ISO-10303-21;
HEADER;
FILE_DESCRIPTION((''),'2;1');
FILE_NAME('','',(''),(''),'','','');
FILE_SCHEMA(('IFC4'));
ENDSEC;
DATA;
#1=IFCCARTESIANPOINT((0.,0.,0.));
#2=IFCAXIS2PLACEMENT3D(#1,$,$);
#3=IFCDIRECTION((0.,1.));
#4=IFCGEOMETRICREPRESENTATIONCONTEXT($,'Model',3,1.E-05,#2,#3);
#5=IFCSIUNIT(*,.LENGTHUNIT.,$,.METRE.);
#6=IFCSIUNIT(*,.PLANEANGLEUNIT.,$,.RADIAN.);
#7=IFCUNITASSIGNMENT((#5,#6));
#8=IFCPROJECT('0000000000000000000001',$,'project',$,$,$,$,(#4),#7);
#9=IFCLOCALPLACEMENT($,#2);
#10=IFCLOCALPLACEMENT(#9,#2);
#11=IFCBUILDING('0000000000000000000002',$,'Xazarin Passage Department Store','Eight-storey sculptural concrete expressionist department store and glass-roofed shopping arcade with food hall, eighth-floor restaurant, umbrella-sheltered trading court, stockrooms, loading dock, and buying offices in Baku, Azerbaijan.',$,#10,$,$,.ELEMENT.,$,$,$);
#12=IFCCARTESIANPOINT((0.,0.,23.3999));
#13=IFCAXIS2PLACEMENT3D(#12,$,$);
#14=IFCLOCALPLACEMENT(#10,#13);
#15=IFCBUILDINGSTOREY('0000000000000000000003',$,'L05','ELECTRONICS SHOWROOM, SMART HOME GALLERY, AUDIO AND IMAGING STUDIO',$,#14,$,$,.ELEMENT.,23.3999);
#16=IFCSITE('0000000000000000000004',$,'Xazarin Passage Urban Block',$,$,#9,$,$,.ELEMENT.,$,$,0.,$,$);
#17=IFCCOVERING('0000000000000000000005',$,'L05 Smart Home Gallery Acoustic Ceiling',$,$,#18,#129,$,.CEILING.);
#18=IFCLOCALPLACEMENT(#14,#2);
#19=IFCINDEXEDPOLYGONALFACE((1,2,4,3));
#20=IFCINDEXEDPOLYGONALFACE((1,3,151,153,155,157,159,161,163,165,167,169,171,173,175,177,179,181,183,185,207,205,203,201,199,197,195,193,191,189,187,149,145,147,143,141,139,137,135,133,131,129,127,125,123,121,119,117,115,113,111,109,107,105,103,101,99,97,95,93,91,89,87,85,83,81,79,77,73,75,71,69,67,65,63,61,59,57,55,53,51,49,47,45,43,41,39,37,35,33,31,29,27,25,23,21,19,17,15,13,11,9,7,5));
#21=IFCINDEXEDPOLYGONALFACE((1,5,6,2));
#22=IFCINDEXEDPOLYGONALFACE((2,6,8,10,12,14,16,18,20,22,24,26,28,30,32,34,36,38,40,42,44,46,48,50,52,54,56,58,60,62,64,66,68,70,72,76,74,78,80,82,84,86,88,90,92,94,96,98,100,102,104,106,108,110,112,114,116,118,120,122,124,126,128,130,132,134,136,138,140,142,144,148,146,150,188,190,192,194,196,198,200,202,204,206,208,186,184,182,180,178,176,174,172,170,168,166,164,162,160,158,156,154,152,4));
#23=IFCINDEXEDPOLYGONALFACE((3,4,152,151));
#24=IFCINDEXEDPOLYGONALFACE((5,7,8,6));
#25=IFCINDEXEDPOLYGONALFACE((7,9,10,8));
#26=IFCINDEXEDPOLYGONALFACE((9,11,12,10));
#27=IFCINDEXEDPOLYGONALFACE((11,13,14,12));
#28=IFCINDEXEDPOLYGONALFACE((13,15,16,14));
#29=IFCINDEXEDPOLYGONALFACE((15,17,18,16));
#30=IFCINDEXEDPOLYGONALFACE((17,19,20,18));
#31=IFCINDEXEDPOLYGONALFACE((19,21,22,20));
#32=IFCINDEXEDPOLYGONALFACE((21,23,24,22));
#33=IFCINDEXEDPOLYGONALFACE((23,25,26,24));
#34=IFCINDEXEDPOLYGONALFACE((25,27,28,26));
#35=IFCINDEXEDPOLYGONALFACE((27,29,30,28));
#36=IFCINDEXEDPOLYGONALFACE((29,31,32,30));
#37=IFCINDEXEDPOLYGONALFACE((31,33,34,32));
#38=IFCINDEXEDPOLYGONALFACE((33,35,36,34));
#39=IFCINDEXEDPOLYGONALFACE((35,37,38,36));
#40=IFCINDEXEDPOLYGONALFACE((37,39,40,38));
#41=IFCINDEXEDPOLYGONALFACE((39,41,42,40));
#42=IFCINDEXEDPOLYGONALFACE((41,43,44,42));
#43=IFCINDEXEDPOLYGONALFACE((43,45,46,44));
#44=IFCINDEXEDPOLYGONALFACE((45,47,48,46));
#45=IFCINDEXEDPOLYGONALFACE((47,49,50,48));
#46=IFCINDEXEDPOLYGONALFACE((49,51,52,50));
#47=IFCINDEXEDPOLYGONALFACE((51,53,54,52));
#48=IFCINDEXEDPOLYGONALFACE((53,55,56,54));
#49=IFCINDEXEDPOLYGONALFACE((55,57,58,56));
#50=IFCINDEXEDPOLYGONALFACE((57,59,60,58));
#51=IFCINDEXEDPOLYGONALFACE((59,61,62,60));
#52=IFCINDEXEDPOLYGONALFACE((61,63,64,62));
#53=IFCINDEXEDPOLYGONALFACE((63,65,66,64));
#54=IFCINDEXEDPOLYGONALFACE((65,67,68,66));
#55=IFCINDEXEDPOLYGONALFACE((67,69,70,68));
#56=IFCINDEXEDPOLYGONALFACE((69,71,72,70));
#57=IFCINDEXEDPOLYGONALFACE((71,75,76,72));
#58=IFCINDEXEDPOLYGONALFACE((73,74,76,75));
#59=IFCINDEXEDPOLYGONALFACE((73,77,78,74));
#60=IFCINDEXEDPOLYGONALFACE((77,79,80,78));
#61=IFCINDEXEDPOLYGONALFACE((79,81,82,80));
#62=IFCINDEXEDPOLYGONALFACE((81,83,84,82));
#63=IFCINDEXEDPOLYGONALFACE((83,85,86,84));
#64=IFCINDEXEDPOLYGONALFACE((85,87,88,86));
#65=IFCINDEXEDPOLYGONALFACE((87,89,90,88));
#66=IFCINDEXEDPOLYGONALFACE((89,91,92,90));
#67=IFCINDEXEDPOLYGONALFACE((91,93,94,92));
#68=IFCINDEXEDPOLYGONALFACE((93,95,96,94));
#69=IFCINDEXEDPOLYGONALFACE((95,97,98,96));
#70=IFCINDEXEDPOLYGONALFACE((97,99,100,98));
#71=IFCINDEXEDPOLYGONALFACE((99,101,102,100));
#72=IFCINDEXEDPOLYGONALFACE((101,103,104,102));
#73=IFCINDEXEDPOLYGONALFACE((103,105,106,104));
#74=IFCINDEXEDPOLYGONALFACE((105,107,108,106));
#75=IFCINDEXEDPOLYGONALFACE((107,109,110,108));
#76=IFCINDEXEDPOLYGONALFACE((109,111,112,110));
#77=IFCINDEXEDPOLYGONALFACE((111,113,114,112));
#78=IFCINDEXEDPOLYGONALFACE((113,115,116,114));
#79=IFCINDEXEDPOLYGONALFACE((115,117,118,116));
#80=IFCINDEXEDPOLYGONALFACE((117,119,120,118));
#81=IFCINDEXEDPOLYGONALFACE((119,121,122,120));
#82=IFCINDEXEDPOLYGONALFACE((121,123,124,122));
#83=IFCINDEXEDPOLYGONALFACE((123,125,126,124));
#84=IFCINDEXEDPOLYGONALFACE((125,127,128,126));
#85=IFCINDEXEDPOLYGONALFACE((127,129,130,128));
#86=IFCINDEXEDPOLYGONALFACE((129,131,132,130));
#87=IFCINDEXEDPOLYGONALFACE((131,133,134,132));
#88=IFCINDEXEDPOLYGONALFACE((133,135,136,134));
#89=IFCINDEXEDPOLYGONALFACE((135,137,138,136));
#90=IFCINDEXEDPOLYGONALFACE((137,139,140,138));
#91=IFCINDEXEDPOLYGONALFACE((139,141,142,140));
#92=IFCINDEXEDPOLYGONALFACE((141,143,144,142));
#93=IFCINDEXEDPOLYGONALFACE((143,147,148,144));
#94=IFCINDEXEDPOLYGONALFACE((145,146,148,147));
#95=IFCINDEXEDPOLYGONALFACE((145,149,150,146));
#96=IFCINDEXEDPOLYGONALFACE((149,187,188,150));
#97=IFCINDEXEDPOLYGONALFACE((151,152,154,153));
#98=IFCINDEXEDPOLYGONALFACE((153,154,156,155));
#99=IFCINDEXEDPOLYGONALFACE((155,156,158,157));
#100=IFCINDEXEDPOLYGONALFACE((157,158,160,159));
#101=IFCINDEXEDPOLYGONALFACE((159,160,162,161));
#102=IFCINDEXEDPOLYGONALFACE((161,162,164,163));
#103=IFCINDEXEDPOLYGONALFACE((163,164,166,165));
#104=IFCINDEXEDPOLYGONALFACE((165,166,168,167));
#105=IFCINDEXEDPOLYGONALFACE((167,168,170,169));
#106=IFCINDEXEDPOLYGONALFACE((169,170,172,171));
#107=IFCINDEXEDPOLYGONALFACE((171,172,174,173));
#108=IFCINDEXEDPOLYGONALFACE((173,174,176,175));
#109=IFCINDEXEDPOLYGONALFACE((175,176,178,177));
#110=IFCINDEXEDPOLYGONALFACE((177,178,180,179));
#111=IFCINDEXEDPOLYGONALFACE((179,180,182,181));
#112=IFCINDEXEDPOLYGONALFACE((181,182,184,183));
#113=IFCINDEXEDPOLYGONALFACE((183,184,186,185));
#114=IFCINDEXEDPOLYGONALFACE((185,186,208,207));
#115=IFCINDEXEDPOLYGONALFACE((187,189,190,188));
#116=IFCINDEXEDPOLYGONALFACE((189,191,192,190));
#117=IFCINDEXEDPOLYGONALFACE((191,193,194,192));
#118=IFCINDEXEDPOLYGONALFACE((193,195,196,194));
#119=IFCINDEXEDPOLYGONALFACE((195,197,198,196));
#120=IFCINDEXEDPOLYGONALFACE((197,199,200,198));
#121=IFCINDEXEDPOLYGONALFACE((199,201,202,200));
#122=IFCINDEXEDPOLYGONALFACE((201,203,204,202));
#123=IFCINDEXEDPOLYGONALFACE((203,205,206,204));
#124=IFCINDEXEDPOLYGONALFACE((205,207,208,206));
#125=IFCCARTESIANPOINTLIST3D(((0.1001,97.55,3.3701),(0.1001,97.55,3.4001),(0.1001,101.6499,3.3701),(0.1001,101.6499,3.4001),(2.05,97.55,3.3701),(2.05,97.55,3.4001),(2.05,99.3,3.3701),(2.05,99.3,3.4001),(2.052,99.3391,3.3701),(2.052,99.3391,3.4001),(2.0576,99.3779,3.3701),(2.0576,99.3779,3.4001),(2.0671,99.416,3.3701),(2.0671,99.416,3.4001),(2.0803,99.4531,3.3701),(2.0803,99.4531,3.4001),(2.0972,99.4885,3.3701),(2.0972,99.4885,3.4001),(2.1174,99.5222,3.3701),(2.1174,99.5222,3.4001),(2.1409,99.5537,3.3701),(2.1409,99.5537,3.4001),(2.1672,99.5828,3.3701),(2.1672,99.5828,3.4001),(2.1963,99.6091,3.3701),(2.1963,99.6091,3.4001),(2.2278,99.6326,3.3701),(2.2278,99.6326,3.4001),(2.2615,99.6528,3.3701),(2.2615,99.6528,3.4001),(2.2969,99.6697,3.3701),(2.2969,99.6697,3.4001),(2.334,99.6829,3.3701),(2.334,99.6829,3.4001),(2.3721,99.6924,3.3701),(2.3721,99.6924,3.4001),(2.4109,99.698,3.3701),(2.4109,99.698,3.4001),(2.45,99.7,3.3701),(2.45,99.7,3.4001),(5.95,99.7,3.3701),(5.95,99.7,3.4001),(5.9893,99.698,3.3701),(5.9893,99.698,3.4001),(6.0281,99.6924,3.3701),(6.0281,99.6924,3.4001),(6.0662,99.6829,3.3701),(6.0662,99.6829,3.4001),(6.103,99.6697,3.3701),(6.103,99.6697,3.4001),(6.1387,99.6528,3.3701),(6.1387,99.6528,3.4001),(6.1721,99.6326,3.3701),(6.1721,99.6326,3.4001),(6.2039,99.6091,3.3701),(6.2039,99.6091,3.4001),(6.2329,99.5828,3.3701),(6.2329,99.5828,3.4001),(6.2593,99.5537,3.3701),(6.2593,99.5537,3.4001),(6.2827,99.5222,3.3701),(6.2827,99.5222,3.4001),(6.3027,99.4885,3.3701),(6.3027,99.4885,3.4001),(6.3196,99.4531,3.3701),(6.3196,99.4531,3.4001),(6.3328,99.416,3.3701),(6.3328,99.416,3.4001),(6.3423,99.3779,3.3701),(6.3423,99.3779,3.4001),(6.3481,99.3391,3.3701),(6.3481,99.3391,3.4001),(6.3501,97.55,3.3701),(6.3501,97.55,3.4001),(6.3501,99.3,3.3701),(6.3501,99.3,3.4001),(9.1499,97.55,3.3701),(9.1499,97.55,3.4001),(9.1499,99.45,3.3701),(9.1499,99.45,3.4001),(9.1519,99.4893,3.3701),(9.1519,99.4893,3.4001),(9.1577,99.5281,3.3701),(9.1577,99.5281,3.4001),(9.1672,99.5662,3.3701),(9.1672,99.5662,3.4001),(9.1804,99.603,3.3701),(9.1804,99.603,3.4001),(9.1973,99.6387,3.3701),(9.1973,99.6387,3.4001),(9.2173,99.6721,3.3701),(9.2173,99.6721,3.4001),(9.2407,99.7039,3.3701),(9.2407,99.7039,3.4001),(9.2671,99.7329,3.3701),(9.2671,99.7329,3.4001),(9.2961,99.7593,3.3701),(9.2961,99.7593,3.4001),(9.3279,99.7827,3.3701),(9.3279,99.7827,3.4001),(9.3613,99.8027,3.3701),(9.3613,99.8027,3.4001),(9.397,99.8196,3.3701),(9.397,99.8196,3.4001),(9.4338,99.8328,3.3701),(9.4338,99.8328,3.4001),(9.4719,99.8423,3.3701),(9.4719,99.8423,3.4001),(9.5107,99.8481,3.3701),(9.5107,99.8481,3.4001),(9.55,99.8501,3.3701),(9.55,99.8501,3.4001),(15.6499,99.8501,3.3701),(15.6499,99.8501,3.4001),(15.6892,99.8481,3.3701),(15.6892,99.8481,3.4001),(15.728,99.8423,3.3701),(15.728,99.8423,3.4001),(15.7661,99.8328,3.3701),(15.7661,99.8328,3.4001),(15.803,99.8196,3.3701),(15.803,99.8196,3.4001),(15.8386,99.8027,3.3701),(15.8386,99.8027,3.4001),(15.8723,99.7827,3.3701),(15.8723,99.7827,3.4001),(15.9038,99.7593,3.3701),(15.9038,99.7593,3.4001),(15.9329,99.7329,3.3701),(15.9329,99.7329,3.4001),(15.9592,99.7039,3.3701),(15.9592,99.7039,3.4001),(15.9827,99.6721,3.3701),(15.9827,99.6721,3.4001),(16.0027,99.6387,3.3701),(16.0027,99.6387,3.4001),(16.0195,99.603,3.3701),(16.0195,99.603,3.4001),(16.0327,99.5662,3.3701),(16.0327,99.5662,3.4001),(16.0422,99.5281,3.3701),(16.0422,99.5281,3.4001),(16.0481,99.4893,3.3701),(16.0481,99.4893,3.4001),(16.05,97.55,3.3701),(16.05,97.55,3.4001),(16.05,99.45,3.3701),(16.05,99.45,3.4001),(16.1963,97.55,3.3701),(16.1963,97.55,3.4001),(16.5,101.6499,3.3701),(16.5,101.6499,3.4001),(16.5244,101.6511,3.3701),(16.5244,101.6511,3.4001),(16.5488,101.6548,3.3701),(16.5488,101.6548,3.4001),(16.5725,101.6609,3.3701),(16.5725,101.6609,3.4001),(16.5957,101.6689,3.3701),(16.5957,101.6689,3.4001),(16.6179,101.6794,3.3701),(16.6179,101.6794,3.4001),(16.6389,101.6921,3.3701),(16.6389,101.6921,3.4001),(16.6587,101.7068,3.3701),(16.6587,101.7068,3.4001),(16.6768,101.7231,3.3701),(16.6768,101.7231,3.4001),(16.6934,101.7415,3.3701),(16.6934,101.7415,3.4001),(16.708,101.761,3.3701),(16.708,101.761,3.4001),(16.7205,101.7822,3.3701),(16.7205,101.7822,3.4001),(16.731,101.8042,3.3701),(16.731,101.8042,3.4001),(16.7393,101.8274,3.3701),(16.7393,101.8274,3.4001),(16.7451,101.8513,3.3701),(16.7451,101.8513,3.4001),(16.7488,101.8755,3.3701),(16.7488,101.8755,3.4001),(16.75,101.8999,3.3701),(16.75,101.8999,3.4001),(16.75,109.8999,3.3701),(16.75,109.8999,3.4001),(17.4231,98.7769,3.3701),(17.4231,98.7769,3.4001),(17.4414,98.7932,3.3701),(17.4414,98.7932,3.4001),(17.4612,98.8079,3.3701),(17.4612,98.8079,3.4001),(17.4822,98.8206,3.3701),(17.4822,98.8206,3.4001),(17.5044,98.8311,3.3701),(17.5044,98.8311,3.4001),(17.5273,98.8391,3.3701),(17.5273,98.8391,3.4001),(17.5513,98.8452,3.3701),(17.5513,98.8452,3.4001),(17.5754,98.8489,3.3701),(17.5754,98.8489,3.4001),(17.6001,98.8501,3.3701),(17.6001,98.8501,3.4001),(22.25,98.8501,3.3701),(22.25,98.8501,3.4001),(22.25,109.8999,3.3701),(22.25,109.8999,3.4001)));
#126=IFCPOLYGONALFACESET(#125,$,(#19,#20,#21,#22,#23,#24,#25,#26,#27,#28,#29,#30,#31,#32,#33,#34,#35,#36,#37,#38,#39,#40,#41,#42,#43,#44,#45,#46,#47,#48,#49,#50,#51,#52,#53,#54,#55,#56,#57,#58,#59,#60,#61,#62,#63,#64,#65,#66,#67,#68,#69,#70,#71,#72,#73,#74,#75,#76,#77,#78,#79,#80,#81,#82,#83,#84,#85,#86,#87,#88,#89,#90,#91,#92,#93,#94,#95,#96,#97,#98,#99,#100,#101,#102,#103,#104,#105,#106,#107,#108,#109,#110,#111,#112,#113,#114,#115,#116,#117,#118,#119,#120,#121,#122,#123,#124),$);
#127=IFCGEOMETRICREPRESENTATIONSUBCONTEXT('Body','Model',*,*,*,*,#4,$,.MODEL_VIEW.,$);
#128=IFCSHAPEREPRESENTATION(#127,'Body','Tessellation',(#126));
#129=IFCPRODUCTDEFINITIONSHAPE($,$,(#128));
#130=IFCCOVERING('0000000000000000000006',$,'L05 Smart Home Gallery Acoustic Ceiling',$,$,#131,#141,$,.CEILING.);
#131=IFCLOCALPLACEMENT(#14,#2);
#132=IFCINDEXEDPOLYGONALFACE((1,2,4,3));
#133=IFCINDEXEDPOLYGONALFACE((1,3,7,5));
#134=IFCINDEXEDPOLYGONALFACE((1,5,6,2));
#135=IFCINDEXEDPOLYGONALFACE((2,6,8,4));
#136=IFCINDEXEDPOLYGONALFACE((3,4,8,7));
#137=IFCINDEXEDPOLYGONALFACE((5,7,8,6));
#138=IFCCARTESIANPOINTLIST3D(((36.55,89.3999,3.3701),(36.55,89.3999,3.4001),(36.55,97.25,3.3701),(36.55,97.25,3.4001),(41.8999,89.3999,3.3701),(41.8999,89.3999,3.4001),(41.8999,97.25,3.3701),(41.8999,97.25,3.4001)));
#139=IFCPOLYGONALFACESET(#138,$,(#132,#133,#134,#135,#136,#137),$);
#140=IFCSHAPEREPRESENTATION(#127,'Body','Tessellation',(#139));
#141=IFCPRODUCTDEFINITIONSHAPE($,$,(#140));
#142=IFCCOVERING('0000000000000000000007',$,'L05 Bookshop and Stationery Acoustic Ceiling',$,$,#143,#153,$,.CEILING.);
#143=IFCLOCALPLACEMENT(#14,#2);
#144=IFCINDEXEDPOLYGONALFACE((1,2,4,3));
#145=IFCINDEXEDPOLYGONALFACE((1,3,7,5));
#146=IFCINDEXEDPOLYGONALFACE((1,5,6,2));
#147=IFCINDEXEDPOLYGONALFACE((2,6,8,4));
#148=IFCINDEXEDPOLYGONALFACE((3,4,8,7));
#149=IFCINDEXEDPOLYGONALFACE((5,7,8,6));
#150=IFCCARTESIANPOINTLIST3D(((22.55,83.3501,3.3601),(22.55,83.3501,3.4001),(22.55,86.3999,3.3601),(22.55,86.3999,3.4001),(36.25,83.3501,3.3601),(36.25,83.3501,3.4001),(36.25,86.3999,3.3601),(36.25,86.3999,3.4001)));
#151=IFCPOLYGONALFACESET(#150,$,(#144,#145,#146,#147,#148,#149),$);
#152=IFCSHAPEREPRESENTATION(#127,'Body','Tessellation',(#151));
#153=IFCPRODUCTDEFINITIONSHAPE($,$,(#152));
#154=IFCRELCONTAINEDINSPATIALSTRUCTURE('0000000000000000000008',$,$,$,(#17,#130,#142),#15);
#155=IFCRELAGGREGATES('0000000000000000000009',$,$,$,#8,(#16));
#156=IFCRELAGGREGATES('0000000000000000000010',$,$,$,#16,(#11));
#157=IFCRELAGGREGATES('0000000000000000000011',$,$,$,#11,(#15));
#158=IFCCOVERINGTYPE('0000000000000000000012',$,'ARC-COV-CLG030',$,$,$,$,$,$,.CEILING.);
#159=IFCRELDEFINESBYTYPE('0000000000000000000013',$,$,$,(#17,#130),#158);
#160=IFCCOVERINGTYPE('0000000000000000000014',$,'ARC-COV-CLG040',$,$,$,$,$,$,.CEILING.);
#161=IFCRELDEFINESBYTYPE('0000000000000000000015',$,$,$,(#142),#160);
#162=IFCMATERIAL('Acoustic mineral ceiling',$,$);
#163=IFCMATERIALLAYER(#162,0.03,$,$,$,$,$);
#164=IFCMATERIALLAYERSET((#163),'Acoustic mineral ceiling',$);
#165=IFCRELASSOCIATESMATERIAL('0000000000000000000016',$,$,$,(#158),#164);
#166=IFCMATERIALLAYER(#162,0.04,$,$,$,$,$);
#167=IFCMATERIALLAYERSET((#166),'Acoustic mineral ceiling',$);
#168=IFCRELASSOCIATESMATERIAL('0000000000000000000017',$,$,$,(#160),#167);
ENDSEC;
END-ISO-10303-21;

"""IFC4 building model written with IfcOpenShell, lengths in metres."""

from ifc_helpers import new_model, si_unit, direction, frame, origin, place, context, subcontext, project, spatial, polyline, outline, extrude, material, layer, layer_set, type_object, element, save


model = new_model("IFC4")

# Units and contexts
model_context = context("Model", 3, precision=1e-05, world=origin(), true_north=direction((0.0, 1.0)))
body_context = subcontext(model_context, "Body", "Model", "MODEL_VIEW")
ifc_project = project(units=[si_unit("LENGTHUNIT", "METRE"), si_unit("PLANEANGLEUNIT", "RADIAN")], contexts=[model_context])

# Site, building, storey
site_placement = place(None, origin())
site = spatial("IfcSite", under=ifc_project, at=site_placement, Name="Xazarin Passage Urban Block", CompositionType="ELEMENT", RefElevation=0.0)
building_placement = place(site_placement, origin())
building = spatial("IfcBuilding", under=site, at=building_placement, Name="Xazarin Passage Department Store", Description="Eight-storey sculptural concrete expressionist department store and glass-roofed shopping arcade with food hall, eighth-floor restaurant, umbrella-sheltered trading court, stockrooms, loading dock, and buying offices in Baku, Azerbaijan.", CompositionType="ELEMENT")
storey_placement = place(building_placement, frame((0.0, 0.0, 23.3999)))
storey = spatial("IfcBuildingStorey", under=building, at=storey_placement, Name="L05", Description="ELECTRONICS SHOWROOM, SMART HOME GALLERY, AUDIO AND IMAGING STUDIO", CompositionType="ELEMENT", Elevation=23.3999)

# Coverings
ifc_material_1 = material(Name="Acoustic mineral ceiling")
ifc_layer_1 = layer(ifc_material_1, 0.03)
ifc_layer_set_1 = layer_set([ifc_layer_1], Name="Acoustic mineral ceiling")
covering_type_1 = type_object("IfcCoveringType", Name="ARC-COV-CLG030", PredefinedType="CEILING", material=ifc_layer_set_1)
covering_1_placement = place(storey_placement, frame((0.0, 0.0, 3.3701)))
element("IfcCovering", 1, at=covering_1_placement, inside=storey, type_object=covering_type_1, Name="L05 Smart Home Gallery Acoustic Ceiling", PredefinedType="CEILING", context=body_context, shape_type="SweptSolid", body=[
    extrude(outline(polyline([(2.05, 97.55), (2.05, 99.3), (2.052, 99.3391), (2.0576, 99.3779), (2.0671, 99.416), (2.0803, 99.4531), (2.0972, 99.4885), (2.1174, 99.5222), (2.1409, 99.5537), (2.1672, 99.5828), (2.1963, 99.6091), (2.2278, 99.6326), (2.2615, 99.6528), (2.2969, 99.6697), (2.334, 99.6829), (2.3721, 99.6924), (2.4109, 99.698), (2.45, 99.7), (5.95, 99.7), (5.9893, 99.698), (6.0281, 99.6924), (6.0662, 99.6829), (6.103, 99.6697), (6.1387, 99.6528), (6.1721, 99.6326), (6.2039, 99.6091), (6.2329, 99.5828), (6.2593, 99.5537), (6.2827, 99.5222), (6.3027, 99.4885), (6.3196, 99.4531), (6.3328, 99.416), (6.3423, 99.3779), (6.3481, 99.3391), (6.3501, 99.3), (6.3501, 97.55), (9.1499, 97.55), (9.1499, 99.45), (9.1519, 99.4893), (9.1577, 99.5281), (9.1672, 99.5662), (9.1804, 99.603), (9.1973, 99.6387), (9.2173, 99.6721), (9.2407, 99.7039), (9.2671, 99.7329), (9.2961, 99.7593), (9.3279, 99.7827), (9.3613, 99.8027), (9.397, 99.8196), (9.4338, 99.8328), (9.4719, 99.8423), (9.5107, 99.8481), (9.55, 99.8501), (15.6499, 99.8501), (15.6892, 99.8481), (15.728, 99.8423), (15.7661, 99.8328), (15.803, 99.8196), (15.8386, 99.8027), (15.8723, 99.7827), (15.9038, 99.7593), (15.9329, 99.7329), (15.9592, 99.7039), (15.9827, 99.6721), (16.0027, 99.6387), (16.0195, 99.603), (16.0327, 99.5662), (16.0422, 99.5281), (16.0481, 99.4893), (16.05, 99.45), (16.05, 97.55), (16.1963, 97.55), (17.4231, 98.7769), (17.4414, 98.7932), (17.4612, 98.8079), (17.4822, 98.8206), (17.5044, 98.8311), (17.5273, 98.8391), (17.5513, 98.8452), (17.5754, 98.8489), (17.6001, 98.8501), (22.25, 98.8501), (22.25, 109.8999), (16.75, 109.8999), (16.75, 101.8999), (16.7488, 101.8755), (16.7451, 101.8513), (16.7393, 101.8274), (16.731, 101.8042), (16.7205, 101.7822), (16.708, 101.761), (16.6934, 101.7415), (16.6768, 101.7231), (16.6587, 101.7068), (16.6389, 101.6921), (16.6179, 101.6794), (16.5957, 101.6689), (16.5725, 101.6609), (16.5488, 101.6548), (16.5244, 101.6511), (16.5, 101.6499), (0.1001, 101.6499), (0.1001, 97.55), (2.05, 97.55)])), origin(), (0.0, 0.0, 1.0), 0.03),
])
covering_2_placement = place(storey_placement, frame((0.0, 0.0, 3.3701)))
element("IfcCovering", 2, at=covering_2_placement, inside=storey, type_object=covering_type_1, Name="L05 Smart Home Gallery Acoustic Ceiling", PredefinedType="CEILING", context=body_context, shape_type="SweptSolid", body=[
    extrude(outline(polyline([(36.55, 89.3999), (41.8999, 89.3999), (41.8999, 97.25), (36.55, 97.25), (36.55, 89.3999)])), origin(), (0.0, 0.0, 1.0), 0.03),
])
ifc_layer_2 = layer(ifc_material_1, 0.04)
ifc_layer_set_2 = layer_set([ifc_layer_2], Name="Acoustic mineral ceiling")
covering_type_2 = type_object("IfcCoveringType", Name="ARC-COV-CLG040", PredefinedType="CEILING", material=ifc_layer_set_2)
covering_3_placement = place(storey_placement, frame((0.0, 0.0, 3.3601)))
element("IfcCovering", 3, at=covering_3_placement, inside=storey, type_object=covering_type_2, Name="L05 Bookshop and Stationery Acoustic Ceiling", PredefinedType="CEILING", context=body_context, shape_type="SweptSolid", body=[
    extrude(outline(polyline([(36.25, 86.3999), (22.55, 86.3999), (22.55, 83.3501), (36.25, 83.3501), (36.25, 86.3999)])), origin(), (0.0, 0.0, 1.0), 0.04),
])

save(model, "model.ifc")
